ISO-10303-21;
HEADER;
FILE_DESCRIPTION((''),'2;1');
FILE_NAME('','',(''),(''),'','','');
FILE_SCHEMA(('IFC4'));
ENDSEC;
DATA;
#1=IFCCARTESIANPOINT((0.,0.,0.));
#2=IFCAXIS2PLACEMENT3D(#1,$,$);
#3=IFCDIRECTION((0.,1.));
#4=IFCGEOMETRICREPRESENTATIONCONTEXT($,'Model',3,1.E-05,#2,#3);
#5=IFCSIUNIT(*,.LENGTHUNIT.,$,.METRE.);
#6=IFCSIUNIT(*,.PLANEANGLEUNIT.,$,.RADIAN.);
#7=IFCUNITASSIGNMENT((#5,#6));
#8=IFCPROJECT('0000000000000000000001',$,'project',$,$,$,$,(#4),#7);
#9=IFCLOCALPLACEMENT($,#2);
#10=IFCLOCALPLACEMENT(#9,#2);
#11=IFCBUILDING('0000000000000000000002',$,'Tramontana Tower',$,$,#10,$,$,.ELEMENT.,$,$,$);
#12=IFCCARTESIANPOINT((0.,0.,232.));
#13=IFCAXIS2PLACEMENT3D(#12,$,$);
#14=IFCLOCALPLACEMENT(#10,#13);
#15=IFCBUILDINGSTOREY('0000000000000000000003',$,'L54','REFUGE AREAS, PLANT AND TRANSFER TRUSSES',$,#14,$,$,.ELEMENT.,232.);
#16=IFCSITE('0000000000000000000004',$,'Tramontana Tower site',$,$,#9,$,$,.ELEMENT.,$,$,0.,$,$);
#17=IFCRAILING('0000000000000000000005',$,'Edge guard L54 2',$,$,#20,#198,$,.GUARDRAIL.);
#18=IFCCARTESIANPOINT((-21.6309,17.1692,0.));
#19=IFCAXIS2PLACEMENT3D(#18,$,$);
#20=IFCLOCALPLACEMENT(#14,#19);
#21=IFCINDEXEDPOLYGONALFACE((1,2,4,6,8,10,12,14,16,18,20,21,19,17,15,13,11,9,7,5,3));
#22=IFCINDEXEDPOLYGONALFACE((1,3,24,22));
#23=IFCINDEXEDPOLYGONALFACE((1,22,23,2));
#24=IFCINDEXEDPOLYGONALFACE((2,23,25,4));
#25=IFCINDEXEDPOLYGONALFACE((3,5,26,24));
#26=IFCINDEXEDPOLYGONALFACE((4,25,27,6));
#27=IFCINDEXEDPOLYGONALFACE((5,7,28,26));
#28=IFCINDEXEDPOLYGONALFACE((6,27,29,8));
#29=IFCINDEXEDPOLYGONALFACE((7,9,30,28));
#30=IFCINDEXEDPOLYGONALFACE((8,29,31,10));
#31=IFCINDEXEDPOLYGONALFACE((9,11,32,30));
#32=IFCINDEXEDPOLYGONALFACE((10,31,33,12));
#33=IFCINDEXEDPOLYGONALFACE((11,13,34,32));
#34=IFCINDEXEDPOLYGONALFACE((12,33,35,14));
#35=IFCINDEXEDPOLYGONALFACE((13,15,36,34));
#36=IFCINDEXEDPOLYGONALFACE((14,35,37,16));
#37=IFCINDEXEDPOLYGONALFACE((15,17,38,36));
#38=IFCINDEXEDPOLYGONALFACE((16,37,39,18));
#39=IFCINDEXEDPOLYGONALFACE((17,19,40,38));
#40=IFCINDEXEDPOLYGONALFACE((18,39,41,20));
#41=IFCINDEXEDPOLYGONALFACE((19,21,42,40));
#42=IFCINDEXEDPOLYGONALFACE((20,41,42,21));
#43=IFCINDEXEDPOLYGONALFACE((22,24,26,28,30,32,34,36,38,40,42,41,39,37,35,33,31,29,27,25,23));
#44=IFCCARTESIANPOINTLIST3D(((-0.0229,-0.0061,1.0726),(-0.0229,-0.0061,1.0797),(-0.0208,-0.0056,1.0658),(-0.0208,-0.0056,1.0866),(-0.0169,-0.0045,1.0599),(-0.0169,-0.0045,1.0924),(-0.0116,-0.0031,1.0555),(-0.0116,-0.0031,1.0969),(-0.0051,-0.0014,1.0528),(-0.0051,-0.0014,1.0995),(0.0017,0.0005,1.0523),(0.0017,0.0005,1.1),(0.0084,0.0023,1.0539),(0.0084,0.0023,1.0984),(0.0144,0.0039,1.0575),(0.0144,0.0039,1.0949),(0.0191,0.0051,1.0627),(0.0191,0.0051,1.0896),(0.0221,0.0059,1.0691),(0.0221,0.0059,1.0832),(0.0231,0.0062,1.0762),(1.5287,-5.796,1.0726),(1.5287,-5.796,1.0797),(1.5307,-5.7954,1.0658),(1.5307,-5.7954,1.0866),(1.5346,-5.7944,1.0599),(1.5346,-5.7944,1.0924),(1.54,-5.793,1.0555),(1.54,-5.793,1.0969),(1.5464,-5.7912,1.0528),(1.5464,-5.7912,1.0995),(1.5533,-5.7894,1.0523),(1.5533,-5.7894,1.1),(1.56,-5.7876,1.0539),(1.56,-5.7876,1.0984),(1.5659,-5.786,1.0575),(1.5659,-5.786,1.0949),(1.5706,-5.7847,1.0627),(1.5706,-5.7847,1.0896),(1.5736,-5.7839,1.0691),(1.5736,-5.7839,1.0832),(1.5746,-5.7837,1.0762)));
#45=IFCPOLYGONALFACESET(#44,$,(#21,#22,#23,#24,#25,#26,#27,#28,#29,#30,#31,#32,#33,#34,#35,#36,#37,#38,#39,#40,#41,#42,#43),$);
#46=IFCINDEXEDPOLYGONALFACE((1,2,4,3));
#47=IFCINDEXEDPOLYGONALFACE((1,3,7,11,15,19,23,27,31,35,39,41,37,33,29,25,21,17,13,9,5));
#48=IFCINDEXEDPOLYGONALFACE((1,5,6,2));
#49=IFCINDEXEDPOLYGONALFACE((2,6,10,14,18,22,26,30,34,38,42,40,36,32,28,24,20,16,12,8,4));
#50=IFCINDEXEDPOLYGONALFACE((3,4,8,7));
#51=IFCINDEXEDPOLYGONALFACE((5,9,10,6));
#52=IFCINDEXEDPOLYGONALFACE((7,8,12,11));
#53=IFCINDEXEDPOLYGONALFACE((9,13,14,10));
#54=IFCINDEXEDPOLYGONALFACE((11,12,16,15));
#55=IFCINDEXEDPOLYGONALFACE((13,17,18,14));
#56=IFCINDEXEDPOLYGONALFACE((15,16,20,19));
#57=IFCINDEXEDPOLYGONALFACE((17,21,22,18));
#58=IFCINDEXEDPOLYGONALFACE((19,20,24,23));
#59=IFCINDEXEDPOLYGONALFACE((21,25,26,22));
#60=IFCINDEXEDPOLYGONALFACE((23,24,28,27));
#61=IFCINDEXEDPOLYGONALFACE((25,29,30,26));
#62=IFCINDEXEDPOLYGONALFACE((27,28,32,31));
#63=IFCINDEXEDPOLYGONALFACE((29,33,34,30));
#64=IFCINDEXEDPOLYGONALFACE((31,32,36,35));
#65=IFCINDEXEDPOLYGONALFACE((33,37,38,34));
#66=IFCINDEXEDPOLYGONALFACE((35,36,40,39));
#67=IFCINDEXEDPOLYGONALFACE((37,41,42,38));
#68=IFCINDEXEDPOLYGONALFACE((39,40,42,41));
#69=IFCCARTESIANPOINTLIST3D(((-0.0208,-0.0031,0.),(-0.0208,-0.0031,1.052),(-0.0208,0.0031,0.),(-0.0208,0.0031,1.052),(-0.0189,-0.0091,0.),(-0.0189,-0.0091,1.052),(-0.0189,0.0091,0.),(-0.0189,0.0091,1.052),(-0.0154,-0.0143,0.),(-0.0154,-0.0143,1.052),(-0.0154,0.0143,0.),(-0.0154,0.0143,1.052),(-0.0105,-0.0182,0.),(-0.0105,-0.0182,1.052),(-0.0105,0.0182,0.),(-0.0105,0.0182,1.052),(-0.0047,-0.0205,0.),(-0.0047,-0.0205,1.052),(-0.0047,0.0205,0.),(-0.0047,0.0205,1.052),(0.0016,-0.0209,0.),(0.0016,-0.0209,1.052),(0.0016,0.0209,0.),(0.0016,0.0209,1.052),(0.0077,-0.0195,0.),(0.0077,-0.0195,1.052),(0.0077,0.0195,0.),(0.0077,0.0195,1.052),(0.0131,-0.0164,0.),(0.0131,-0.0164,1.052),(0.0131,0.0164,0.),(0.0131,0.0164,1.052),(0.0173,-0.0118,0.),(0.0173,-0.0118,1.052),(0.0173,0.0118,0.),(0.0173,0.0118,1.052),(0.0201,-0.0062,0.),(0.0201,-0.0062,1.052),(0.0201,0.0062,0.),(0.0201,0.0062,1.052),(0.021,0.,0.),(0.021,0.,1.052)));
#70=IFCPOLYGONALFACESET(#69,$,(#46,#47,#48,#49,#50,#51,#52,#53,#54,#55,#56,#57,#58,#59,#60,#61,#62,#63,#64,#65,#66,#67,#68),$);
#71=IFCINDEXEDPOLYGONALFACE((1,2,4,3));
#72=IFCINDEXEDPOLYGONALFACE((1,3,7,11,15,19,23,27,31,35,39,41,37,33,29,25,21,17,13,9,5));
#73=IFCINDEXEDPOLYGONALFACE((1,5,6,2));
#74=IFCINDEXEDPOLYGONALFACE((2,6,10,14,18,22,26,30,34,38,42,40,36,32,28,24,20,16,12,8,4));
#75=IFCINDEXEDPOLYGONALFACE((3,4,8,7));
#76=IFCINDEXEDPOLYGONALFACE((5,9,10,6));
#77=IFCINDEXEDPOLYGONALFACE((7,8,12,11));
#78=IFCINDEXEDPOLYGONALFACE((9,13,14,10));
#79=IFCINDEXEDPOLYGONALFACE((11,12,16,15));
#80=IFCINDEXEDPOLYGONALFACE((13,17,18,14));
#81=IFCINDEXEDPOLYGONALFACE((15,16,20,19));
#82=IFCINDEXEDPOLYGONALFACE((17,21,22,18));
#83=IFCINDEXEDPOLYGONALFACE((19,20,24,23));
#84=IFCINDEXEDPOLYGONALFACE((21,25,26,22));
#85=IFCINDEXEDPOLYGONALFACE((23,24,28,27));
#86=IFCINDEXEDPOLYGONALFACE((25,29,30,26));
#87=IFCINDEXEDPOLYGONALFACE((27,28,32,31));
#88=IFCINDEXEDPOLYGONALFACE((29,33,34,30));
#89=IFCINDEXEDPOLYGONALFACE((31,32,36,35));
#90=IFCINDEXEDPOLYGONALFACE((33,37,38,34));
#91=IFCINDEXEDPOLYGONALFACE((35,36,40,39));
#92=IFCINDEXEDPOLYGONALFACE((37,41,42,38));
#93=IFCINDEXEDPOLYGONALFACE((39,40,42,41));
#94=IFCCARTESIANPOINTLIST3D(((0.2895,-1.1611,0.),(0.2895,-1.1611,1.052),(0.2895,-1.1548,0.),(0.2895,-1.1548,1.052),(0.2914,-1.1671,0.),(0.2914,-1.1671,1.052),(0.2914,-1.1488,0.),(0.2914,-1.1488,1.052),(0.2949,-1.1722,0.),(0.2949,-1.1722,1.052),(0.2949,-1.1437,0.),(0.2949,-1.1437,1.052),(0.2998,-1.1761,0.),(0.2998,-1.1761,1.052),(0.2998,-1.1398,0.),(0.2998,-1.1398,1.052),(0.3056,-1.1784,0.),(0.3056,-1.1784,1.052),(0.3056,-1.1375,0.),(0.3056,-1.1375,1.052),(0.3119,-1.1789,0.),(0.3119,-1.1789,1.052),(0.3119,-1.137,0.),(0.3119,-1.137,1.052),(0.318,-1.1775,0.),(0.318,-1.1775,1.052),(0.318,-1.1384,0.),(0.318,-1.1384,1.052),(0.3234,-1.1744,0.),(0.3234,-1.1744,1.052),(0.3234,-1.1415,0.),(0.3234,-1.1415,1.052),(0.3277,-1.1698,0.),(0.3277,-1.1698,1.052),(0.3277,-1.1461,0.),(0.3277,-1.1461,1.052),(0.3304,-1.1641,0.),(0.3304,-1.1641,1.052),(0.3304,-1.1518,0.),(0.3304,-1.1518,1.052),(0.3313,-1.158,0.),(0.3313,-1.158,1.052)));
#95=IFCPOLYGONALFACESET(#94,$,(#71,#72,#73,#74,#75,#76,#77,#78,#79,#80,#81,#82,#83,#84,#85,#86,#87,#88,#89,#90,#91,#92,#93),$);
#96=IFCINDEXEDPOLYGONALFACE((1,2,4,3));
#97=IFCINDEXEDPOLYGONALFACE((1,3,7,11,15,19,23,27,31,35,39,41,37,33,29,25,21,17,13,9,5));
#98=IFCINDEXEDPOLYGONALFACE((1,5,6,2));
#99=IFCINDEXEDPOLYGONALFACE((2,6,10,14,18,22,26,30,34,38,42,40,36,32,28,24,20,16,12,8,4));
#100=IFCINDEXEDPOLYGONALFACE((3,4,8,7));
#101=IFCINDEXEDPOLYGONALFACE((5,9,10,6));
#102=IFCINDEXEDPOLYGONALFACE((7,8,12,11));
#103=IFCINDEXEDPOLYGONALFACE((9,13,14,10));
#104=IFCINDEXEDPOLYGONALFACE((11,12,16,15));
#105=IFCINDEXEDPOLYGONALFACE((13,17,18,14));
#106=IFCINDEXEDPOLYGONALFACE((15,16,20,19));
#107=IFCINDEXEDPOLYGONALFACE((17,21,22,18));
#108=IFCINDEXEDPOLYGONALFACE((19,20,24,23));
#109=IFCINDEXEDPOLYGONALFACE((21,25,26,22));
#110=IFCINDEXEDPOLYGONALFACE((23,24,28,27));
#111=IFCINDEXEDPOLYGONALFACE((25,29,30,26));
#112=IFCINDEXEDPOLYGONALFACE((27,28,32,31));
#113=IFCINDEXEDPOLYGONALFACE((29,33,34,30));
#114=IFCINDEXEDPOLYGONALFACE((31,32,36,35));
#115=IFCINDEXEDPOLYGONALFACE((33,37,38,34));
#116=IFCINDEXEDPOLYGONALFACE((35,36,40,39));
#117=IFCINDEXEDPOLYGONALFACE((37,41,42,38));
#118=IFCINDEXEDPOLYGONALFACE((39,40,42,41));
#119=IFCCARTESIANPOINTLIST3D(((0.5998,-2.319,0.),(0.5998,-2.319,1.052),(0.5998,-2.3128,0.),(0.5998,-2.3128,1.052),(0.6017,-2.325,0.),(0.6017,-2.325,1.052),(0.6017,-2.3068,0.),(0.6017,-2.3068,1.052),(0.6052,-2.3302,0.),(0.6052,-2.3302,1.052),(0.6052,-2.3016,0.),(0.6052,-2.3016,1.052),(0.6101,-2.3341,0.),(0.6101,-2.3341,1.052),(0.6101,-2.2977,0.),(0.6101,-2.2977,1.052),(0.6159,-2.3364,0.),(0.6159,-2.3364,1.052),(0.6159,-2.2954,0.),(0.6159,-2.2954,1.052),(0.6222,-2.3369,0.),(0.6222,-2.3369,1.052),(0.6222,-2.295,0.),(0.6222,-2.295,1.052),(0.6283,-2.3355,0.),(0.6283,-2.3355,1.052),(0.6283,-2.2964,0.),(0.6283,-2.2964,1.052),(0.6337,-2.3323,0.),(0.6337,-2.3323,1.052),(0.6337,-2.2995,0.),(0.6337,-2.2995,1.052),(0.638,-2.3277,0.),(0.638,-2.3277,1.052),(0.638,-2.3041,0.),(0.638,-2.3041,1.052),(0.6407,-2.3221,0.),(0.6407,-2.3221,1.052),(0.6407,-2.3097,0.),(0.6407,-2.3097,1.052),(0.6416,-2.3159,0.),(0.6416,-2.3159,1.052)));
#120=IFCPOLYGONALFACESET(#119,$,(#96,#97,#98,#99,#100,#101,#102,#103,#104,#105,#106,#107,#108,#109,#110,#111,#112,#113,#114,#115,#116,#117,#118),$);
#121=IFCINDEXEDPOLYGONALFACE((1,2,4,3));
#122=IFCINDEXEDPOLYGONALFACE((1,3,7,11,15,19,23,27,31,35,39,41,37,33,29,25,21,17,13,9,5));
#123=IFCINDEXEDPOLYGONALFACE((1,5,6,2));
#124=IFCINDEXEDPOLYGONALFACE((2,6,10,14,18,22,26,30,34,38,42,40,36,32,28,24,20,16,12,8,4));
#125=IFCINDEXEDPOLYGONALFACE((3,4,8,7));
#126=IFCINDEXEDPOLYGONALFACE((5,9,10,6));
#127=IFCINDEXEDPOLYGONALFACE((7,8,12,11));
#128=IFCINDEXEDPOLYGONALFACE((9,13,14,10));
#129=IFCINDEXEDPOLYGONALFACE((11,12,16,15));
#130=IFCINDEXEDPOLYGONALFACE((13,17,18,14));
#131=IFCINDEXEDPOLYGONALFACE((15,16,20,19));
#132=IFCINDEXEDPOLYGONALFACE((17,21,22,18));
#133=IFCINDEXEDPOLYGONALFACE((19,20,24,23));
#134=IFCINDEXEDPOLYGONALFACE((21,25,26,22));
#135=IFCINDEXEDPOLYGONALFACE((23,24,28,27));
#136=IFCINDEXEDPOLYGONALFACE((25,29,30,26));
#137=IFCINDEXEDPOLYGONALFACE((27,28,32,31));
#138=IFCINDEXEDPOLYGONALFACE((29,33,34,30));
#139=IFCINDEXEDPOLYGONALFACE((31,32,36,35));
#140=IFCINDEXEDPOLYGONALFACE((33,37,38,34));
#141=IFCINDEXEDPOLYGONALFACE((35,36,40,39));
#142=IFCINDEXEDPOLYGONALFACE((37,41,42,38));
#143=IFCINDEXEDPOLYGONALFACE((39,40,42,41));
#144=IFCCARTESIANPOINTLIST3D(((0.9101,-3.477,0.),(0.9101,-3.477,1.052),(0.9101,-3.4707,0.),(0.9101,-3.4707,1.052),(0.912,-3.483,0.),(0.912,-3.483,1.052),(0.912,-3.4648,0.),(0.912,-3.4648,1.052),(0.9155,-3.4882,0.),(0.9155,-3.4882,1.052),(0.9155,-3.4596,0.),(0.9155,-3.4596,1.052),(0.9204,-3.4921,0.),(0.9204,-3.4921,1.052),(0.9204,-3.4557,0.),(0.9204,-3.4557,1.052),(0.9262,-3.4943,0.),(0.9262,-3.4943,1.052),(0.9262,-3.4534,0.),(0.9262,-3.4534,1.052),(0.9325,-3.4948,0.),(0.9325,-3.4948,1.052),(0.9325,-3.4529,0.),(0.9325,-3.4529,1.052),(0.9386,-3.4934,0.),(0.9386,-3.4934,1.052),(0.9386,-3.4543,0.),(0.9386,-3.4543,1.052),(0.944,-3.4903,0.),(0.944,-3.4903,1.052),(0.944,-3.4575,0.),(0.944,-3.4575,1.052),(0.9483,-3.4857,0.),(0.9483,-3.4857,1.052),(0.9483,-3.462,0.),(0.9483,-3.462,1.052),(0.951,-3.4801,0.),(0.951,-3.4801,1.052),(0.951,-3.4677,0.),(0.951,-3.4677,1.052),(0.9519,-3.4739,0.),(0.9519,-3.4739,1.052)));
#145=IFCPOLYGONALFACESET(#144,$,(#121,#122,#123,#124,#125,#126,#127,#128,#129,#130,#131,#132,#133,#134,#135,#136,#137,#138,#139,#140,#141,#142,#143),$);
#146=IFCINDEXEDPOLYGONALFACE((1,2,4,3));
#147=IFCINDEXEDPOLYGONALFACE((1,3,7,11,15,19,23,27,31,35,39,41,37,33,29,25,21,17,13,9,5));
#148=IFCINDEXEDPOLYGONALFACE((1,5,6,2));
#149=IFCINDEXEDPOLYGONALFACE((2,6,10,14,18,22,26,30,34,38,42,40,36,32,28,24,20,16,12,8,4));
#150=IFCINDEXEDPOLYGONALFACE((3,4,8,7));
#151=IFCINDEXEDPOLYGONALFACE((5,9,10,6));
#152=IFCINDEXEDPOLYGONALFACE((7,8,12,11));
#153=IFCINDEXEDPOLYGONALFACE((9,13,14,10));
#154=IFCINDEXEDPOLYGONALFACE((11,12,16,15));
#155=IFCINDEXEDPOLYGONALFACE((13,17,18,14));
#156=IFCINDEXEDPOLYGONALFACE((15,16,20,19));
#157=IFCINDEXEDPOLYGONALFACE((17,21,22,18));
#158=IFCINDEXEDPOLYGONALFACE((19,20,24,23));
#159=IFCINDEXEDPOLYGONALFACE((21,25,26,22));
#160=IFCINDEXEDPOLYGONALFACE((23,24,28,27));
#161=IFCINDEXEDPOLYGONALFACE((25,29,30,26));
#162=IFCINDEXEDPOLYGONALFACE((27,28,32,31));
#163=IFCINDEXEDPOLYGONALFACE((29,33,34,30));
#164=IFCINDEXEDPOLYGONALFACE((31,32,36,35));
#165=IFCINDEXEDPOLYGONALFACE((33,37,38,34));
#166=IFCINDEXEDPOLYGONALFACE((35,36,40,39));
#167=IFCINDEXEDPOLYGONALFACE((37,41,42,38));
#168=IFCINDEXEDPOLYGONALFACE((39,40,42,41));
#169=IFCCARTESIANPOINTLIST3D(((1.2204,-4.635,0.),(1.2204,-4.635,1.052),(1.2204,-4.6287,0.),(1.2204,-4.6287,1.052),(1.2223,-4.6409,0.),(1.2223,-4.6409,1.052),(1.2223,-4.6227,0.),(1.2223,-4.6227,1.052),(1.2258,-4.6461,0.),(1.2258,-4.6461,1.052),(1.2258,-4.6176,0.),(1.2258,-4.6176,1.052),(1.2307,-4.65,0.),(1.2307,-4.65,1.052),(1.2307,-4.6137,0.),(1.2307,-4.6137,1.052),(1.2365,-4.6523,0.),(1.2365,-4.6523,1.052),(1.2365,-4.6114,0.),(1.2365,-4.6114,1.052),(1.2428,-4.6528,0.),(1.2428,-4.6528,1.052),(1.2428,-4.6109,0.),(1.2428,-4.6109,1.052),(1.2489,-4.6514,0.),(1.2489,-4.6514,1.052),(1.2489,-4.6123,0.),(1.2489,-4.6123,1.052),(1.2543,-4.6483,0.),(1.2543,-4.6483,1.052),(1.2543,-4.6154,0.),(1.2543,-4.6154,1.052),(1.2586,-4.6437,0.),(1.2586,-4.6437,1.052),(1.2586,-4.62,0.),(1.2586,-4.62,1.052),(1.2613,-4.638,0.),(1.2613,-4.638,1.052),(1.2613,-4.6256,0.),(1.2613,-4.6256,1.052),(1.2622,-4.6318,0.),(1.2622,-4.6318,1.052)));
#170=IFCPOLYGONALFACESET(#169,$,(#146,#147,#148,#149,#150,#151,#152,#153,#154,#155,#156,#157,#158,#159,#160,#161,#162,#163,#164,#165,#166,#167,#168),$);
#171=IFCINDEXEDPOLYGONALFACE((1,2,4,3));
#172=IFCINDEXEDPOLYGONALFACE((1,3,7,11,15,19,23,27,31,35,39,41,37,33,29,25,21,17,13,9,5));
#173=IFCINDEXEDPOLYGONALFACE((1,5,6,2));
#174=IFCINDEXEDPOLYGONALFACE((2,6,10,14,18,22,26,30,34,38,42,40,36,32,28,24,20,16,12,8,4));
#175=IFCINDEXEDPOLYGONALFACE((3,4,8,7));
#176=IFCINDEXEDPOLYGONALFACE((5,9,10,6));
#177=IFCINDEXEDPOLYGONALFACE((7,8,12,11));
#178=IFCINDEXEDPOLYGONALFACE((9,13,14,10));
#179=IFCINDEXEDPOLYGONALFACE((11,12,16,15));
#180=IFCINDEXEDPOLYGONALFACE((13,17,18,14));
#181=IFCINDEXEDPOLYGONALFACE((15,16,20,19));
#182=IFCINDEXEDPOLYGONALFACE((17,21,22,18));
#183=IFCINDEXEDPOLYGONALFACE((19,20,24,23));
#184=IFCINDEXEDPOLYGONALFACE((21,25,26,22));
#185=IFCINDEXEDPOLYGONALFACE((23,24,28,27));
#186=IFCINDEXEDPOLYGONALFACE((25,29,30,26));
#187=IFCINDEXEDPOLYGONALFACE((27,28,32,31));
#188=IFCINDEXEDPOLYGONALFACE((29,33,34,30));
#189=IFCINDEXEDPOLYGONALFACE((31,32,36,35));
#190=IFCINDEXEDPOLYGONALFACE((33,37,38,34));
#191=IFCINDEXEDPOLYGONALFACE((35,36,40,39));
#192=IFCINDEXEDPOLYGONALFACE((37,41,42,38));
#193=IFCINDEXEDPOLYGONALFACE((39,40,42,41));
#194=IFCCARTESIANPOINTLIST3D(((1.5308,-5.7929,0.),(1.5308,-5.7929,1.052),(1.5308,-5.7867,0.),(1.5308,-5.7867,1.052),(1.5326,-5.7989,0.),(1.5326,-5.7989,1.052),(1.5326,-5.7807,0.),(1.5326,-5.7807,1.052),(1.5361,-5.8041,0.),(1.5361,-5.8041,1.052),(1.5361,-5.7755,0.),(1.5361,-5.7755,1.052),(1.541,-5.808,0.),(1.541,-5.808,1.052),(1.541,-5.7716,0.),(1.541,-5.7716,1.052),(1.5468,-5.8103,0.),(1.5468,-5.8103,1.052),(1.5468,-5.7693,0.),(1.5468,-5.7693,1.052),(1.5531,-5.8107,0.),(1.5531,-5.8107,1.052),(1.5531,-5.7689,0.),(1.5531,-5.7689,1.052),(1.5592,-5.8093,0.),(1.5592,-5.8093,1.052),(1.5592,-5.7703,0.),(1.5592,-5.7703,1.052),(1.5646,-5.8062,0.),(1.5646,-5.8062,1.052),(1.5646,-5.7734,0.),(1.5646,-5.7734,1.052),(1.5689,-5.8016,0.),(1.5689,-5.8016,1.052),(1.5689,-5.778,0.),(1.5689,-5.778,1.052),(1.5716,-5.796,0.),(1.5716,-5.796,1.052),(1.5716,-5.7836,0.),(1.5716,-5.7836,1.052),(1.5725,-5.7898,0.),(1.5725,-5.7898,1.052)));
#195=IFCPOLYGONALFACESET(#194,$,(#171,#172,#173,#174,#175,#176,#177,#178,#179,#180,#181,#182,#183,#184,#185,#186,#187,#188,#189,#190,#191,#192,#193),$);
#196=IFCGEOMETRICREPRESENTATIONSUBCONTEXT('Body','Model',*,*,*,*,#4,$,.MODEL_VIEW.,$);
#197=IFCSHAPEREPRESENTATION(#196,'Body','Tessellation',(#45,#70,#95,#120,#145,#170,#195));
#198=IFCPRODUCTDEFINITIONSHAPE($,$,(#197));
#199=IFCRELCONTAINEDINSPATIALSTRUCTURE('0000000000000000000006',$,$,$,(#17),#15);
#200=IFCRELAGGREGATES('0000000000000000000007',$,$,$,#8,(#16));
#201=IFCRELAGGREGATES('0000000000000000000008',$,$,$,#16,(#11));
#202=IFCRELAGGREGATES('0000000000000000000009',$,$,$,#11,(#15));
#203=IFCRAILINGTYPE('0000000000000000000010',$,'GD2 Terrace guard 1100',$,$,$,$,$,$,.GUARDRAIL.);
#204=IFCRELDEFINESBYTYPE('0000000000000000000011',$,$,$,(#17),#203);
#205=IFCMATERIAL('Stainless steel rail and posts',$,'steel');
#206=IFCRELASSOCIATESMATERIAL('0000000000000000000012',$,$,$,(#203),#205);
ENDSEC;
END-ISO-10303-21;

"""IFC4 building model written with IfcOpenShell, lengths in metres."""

from ifc_helpers import new_model, si_unit, direction, frame, origin, origin_2d, place, context, subcontext, project, spatial, circle, extrude, material, type_object, element, save


model = new_model("IFC4")

# Units and contexts
model_context = context("Model", 3, precision=1e-05, world=origin(), true_north=direction((0.0, 1.0)))
body_context = subcontext(model_context, "Body", "Model", "MODEL_VIEW")
ifc_project = project(units=[si_unit("LENGTHUNIT", "METRE"), si_unit("PLANEANGLEUNIT", "RADIAN")], contexts=[model_context])

# Site, building, storey
site_placement = place(None, origin())
site = spatial("IfcSite", under=ifc_project, at=site_placement, Name="Tramontana Tower site", CompositionType="ELEMENT", RefElevation=0.0)
building_placement = place(site_placement, origin())
building = spatial("IfcBuilding", under=site, at=building_placement, Name="Tramontana Tower", CompositionType="ELEMENT")
storey_placement = place(building_placement, frame((0.0, 0.0, 232.0)))
storey = spatial("IfcBuildingStorey", under=building, at=storey_placement, Name="L54", Description="REFUGE AREAS, PLANT AND TRANSFER TRUSSES", CompositionType="ELEMENT", Elevation=232.0)

# Railing
ifc_material_1 = material(Name="Stainless steel rail and posts", Category="steel")
railing_type = type_object("IfcRailingType", Name="GD2 Terrace guard 1100", PredefinedType="GUARDRAIL", material=ifc_material_1)
railing_1_placement = place(storey_placement, frame((-21.6309, 17.1692, 0.0)))
element("IfcRailing", 1, at=railing_1_placement, inside=storey, type_object=railing_type, Name="Edge guard L54 2", PredefinedType="GUARDRAIL", context=body_context, shape_type="SweptSolid", body=[
    extrude(circle(Radius=0.0239, at=origin_2d()), frame((0.0, 0.0, 1.0762), z_axis=(0.258841, -0.96592, 0.0), x_axis=(0.96592, 0.258841, 0.0)), (0.0, 0.0, 1.0), 5.9941),
    extrude(circle(Radius=0.021, at=origin_2d()), origin(), (0.0, 0.0, 1.0), 1.052),
    extrude(circle(Radius=0.021, at=origin_2d()), frame((0.3103, -1.158, 0.0)), (0.0, 0.0, 1.0), 1.052),
    extrude(circle(Radius=0.021, at=origin_2d()), frame((0.6206, -2.3159, 0.0)), (0.0, 0.0, 1.0), 1.052),
    extrude(circle(Radius=0.021, at=origin_2d()), frame((0.9309, -3.4739, 0.0)), (0.0, 0.0, 1.0), 1.052),
    extrude(circle(Radius=0.021, at=origin_2d()), frame((1.2412, -4.6318, 0.0)), (0.0, 0.0, 1.0), 1.052),
    extrude(circle(Radius=0.021, at=origin_2d()), frame((1.5515, -5.7898, 0.0)), (0.0, 0.0, 1.0), 1.052),
])

save(model, "model.ifc")
